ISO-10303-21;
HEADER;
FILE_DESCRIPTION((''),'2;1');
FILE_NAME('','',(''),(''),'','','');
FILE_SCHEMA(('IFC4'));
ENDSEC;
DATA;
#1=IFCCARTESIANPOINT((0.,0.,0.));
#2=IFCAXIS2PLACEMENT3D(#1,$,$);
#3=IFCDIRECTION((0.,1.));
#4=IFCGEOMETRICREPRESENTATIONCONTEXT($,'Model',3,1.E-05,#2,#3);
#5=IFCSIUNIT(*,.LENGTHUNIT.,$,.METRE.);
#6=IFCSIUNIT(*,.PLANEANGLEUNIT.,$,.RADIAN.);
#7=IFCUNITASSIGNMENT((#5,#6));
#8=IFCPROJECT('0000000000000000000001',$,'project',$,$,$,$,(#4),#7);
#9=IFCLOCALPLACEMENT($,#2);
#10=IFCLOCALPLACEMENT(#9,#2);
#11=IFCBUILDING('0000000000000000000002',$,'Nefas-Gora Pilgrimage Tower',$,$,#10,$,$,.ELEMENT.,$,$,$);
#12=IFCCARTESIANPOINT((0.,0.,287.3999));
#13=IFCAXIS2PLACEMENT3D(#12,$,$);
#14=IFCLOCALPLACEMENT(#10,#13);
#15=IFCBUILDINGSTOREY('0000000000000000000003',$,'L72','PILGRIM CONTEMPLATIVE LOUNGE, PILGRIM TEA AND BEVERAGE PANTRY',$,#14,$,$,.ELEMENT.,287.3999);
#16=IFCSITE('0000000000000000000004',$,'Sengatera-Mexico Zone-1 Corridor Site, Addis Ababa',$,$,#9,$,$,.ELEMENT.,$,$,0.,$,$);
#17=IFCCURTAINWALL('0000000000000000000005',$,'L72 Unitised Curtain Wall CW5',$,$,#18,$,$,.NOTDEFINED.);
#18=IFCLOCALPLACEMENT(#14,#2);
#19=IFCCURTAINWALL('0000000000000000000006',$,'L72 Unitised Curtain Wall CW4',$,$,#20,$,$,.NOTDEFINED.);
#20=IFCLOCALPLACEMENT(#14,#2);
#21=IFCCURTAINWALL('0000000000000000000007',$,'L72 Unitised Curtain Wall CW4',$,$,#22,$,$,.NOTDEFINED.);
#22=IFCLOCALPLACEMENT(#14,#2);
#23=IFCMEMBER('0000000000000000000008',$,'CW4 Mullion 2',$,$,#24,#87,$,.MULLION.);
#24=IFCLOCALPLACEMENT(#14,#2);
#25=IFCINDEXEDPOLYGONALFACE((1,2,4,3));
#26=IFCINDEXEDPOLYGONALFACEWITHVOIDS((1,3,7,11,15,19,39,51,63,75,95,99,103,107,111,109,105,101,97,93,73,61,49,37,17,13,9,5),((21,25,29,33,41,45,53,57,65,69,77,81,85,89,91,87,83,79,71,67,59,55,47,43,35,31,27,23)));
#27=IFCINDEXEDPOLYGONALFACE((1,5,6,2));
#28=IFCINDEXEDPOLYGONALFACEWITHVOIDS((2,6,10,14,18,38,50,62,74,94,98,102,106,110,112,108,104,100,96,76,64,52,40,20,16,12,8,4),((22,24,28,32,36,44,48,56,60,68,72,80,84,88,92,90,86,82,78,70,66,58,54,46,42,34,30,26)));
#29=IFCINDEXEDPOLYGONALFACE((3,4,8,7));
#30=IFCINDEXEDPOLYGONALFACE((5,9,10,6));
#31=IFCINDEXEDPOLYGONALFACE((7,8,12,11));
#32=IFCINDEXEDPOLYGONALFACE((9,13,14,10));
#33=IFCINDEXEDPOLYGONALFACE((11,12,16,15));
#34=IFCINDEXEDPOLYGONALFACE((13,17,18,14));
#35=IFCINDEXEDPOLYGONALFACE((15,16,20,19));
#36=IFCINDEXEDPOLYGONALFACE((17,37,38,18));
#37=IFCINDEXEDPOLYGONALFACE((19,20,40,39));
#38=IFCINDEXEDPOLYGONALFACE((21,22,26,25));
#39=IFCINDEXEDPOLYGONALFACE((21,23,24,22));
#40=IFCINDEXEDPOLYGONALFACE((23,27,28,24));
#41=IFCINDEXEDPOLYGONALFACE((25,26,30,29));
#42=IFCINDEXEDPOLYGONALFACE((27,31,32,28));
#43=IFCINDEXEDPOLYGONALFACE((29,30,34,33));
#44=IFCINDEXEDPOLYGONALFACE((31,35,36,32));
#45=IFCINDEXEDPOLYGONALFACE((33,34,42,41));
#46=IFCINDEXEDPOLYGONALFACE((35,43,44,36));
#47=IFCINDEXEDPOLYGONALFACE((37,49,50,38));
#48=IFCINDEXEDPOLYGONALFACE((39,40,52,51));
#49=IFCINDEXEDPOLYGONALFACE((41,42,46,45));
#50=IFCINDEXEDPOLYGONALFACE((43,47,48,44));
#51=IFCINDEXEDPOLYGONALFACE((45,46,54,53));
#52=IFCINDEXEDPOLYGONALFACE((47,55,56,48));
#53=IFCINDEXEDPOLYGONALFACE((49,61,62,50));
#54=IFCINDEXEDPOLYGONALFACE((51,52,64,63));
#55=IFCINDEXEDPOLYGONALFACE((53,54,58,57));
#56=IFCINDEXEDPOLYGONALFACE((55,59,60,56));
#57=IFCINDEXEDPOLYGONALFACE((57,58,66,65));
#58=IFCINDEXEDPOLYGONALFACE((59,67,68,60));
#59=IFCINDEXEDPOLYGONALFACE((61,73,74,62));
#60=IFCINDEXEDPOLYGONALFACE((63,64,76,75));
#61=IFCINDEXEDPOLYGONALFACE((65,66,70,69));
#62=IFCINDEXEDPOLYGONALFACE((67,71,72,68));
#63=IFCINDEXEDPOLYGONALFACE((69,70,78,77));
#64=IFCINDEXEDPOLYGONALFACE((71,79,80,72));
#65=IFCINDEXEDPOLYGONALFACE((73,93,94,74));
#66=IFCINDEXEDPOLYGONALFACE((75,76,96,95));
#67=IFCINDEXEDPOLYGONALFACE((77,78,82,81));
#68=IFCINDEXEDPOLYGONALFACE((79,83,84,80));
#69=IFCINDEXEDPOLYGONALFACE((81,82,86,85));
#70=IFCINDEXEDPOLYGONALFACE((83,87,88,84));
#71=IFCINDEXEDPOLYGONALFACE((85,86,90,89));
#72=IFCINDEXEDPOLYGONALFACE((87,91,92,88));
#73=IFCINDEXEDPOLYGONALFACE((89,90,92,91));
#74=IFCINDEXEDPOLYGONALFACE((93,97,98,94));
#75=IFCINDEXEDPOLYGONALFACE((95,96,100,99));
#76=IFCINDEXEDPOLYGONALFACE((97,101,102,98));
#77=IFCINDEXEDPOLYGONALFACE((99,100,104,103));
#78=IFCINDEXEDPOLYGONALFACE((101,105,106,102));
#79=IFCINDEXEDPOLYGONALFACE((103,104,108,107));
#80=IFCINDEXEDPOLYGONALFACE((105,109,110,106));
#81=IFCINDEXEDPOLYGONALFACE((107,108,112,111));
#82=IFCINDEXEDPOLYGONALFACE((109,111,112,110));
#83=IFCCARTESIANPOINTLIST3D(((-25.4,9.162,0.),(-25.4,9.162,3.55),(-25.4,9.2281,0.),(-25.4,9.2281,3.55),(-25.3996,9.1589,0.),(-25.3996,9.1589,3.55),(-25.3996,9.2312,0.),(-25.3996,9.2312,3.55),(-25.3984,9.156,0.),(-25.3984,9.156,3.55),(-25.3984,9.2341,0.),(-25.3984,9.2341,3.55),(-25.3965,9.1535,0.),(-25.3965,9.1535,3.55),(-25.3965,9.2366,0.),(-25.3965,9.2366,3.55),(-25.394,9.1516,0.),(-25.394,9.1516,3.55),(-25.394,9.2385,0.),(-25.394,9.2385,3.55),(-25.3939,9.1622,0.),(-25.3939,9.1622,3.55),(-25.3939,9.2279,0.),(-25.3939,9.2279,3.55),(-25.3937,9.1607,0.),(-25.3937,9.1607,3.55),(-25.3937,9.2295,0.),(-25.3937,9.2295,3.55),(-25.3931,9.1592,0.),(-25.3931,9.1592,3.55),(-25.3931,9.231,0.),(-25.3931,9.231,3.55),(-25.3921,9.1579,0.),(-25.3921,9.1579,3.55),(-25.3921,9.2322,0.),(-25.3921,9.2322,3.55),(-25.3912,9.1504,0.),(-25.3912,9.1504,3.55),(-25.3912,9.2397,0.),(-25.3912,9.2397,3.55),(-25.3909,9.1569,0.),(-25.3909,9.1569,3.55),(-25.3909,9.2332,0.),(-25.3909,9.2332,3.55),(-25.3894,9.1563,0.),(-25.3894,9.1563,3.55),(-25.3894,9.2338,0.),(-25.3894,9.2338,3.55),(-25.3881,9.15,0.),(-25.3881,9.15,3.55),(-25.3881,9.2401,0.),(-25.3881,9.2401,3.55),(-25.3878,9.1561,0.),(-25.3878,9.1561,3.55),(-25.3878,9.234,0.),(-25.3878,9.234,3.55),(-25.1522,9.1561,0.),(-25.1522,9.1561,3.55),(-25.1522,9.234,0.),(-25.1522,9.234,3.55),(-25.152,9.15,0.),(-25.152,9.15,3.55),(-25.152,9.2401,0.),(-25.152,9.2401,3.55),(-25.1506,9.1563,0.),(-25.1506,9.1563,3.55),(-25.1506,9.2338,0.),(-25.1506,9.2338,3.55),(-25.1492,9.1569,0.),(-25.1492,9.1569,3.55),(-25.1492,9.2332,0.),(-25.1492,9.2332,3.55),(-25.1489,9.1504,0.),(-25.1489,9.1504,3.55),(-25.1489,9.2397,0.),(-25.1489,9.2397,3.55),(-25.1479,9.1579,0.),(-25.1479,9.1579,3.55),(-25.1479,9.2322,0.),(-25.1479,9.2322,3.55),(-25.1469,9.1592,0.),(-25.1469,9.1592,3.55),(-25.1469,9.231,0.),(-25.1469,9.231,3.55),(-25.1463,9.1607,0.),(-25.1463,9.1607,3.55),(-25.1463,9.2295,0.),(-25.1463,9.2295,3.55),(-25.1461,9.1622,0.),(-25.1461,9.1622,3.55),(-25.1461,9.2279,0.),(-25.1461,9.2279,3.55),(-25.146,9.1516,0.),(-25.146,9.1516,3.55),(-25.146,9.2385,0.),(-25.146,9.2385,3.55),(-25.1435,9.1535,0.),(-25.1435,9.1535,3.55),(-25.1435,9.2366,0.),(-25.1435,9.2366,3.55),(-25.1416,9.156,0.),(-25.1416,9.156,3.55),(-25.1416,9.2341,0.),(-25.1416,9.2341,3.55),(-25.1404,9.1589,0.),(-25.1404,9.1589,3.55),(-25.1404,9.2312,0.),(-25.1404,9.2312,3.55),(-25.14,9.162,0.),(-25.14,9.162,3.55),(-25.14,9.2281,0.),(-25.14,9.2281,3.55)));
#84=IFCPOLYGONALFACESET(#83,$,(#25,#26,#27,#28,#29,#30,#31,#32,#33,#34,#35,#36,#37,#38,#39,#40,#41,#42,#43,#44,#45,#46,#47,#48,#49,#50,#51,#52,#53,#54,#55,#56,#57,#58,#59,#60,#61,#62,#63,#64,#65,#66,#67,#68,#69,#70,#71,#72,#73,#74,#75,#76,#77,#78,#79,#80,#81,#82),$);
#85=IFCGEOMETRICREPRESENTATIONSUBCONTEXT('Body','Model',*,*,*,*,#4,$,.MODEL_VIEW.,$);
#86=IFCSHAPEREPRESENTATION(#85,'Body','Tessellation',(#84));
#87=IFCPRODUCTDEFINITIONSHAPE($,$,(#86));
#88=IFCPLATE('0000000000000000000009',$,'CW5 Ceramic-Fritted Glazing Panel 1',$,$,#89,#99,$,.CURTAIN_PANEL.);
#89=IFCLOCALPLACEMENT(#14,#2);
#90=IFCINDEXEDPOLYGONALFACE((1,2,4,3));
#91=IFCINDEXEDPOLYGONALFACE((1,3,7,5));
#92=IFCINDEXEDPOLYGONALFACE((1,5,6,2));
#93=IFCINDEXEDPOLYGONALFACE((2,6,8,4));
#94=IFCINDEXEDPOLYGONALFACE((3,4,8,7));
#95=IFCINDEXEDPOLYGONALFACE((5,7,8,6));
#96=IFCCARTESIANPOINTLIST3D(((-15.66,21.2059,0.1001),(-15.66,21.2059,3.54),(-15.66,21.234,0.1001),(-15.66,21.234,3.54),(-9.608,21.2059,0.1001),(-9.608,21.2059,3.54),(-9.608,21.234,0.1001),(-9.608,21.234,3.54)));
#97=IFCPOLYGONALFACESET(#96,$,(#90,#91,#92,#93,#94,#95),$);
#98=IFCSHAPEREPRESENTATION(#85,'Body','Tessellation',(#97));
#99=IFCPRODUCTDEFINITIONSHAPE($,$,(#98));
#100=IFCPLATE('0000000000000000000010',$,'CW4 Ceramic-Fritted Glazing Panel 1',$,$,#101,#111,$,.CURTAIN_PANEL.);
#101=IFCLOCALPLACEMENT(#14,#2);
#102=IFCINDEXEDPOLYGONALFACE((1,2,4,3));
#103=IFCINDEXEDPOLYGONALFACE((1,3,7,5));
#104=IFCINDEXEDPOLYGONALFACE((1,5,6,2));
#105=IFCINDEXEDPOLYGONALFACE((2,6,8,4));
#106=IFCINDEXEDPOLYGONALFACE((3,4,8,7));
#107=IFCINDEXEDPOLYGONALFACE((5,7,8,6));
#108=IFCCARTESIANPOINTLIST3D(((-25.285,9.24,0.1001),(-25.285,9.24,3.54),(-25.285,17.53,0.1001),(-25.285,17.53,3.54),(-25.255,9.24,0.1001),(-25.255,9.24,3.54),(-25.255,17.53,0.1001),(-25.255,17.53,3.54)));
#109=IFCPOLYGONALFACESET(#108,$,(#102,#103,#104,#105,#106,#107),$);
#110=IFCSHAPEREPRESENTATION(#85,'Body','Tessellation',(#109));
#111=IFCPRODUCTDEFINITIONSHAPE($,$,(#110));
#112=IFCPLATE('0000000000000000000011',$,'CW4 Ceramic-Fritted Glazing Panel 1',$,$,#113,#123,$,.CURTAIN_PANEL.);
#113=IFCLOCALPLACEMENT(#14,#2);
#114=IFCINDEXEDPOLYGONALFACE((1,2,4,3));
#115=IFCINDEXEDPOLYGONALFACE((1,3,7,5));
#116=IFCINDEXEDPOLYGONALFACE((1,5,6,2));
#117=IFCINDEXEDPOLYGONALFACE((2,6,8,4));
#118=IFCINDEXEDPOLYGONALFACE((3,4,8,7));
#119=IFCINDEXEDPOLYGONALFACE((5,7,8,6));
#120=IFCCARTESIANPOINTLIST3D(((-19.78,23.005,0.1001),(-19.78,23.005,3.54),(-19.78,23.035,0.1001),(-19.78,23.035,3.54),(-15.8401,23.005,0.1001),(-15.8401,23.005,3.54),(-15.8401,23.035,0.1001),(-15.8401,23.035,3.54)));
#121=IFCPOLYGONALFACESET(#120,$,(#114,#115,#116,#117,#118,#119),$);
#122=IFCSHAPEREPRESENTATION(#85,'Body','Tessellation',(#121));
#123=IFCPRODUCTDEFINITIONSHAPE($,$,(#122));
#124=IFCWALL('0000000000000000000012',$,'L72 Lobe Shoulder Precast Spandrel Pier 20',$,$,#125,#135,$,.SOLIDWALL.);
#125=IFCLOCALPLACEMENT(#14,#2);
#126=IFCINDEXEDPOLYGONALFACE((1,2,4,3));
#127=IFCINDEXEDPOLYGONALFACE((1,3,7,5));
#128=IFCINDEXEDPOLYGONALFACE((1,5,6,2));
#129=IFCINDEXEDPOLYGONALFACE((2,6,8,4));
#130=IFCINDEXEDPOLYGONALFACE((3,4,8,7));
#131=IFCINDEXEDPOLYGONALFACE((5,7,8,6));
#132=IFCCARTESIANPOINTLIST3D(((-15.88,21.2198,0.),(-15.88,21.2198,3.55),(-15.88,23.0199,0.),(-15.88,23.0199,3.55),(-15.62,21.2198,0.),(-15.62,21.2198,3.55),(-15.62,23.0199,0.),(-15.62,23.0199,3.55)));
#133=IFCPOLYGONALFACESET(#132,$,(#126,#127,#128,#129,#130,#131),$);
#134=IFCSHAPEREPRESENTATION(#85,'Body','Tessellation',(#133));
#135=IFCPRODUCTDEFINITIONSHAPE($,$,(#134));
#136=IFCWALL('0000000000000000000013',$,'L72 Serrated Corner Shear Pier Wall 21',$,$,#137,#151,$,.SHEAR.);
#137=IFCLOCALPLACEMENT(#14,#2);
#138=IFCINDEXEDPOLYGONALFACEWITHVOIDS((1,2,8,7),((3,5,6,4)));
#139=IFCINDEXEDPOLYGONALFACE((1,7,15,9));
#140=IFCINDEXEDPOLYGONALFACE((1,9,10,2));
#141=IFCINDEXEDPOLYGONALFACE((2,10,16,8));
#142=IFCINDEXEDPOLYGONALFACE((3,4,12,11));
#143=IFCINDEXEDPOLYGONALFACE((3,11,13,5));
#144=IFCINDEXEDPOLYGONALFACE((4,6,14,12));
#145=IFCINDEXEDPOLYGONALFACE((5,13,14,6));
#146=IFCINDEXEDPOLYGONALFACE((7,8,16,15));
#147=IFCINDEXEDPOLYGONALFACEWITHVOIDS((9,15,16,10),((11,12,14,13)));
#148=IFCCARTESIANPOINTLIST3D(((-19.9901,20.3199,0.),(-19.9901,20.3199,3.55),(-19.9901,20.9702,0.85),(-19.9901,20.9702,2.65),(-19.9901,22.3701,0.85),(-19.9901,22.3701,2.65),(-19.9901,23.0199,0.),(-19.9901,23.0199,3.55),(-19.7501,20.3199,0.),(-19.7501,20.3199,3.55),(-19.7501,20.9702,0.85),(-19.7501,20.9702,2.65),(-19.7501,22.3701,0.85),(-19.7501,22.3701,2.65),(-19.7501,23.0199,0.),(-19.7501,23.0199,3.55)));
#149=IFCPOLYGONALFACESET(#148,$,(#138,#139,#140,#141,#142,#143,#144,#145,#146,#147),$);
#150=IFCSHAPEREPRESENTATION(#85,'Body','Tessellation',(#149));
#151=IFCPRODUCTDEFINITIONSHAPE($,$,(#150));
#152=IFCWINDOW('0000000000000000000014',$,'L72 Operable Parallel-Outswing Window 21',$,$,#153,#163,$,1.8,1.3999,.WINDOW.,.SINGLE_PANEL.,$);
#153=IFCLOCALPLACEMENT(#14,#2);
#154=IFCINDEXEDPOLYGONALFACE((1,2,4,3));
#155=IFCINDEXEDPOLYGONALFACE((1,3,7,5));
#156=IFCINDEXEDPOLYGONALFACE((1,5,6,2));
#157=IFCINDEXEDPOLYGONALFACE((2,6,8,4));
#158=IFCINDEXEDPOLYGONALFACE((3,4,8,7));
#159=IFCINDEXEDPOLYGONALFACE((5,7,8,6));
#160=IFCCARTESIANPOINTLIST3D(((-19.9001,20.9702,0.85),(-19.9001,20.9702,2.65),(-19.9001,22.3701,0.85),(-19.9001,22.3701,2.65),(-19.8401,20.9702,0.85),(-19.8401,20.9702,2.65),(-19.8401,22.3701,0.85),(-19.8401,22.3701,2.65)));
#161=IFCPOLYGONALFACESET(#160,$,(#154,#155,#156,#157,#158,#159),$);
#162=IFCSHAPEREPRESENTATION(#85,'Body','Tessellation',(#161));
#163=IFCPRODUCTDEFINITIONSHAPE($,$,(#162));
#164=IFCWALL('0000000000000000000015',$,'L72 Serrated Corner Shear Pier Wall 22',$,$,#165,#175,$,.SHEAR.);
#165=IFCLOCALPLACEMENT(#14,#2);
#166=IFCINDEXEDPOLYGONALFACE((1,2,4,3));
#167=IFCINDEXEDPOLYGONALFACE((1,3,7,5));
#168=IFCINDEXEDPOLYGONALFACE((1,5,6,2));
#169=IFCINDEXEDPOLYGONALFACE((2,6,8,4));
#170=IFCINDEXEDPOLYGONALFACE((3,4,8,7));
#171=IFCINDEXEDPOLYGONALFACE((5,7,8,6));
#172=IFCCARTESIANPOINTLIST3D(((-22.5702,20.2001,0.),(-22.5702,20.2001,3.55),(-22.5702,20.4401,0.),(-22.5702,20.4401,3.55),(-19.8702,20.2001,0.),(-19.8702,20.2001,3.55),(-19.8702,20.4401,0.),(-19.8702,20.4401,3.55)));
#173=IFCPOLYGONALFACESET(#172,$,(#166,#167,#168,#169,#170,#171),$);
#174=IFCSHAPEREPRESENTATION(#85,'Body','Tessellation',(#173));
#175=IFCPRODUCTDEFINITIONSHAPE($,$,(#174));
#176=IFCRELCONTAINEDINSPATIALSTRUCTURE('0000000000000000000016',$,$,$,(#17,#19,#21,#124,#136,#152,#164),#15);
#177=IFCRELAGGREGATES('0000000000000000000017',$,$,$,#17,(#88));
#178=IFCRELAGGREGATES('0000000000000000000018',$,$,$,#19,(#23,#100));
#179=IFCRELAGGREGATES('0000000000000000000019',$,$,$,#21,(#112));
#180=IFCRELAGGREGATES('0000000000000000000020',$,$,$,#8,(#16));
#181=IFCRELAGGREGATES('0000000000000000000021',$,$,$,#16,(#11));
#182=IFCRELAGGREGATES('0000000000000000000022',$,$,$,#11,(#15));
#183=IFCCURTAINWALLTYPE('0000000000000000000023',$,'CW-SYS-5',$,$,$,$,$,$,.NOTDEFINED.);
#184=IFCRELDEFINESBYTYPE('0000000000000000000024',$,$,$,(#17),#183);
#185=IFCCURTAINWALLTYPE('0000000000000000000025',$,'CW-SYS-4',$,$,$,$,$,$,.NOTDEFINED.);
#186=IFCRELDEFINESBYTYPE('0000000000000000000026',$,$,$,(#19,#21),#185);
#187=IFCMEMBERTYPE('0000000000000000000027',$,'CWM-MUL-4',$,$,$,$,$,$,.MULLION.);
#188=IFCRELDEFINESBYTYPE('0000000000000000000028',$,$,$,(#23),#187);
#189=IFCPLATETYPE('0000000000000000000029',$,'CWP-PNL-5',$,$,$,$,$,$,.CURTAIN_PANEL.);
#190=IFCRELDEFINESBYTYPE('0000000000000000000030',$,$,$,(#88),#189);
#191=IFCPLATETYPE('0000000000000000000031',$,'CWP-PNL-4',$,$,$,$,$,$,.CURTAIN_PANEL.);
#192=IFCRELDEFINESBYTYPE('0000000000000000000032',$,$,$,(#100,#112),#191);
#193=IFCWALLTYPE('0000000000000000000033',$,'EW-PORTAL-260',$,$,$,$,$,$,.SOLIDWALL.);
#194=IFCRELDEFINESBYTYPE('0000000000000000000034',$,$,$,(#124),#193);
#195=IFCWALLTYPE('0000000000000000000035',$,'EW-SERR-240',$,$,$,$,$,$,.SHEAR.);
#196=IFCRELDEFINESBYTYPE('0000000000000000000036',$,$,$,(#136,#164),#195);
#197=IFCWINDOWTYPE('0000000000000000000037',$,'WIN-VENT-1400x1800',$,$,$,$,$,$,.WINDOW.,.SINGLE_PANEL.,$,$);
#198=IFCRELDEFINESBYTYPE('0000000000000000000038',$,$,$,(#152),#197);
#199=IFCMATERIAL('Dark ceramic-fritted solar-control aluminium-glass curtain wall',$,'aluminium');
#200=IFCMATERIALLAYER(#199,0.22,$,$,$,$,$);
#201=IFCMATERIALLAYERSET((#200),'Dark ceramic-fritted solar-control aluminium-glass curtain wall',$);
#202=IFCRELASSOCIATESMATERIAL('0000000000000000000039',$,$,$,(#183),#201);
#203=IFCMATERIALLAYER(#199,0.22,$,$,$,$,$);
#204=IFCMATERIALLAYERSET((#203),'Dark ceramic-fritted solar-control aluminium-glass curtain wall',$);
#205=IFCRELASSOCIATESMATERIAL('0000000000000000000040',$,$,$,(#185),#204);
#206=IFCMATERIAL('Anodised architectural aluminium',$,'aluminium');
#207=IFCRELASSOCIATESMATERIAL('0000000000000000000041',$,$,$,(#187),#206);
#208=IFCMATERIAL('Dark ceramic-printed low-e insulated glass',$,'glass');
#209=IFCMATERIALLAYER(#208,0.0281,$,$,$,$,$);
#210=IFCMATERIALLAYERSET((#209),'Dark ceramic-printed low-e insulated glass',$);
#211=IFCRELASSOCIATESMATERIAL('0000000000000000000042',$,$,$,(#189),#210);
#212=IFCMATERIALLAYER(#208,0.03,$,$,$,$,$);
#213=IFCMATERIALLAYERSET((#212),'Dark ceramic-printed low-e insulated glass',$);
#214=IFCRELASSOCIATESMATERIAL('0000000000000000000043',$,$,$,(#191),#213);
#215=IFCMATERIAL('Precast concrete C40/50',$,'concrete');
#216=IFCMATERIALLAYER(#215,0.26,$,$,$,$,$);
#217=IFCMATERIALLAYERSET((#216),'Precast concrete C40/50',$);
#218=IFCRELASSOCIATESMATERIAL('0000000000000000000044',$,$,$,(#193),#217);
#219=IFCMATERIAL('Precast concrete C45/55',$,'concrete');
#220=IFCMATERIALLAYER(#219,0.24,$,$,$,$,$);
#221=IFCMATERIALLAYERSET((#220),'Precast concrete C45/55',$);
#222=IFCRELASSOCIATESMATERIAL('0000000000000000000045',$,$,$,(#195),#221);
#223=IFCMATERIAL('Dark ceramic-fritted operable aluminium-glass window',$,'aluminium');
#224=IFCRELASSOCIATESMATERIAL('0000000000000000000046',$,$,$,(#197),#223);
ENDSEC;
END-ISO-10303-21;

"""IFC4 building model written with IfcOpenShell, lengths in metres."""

from ifc_helpers import new_model, si_unit, direction, frame, frame_2d, origin, origin_2d, place, context, subcontext, project, spatial, rectangle, hollow_rectangle, extrude, source, transform, mapped, material, layer, layer_set, material_profile, profile_set, type_object, element, fill, aggregate, save


model = new_model("IFC4")

# Units and contexts
model_context = context("Model", 3, precision=1e-05, world=origin(), true_north=direction((0.0, 1.0)))
body_context = subcontext(model_context, "Body", "Model", "MODEL_VIEW")
ifc_project = project(units=[si_unit("LENGTHUNIT", "METRE"), si_unit("PLANEANGLEUNIT", "RADIAN")], contexts=[model_context])

# Site, building, storey
site_placement = place(None, origin())
site = spatial("IfcSite", under=ifc_project, at=site_placement, Name="Sengatera-Mexico Zone-1 Corridor Site, Addis Ababa", CompositionType="ELEMENT", RefElevation=0.0)
building_placement = place(site_placement, origin())
building = spatial("IfcBuilding", under=site, at=building_placement, Name="Nefas-Gora Pilgrimage Tower", CompositionType="ELEMENT")
storey_placement = place(building_placement, frame((0.0, 0.0, 287.3999)))
storey = spatial("IfcBuildingStorey", under=building, at=storey_placement, Name="L72", Description="PILGRIM CONTEMPLATIVE LOUNGE, PILGRIM TEA AND BEVERAGE PANTRY", CompositionType="ELEMENT", Elevation=287.3999)

# Curtain walls
ifc_material_1 = material(Name="Dark ceramic-fritted solar-control aluminium-glass curtain wall", Category="aluminium")
ifc_layer_1 = layer(ifc_material_1, 0.22)
ifc_layer_set_1 = layer_set([ifc_layer_1], Name="Dark ceramic-fritted solar-control aluminium-glass curtain wall")
curtain_wall_type_1 = type_object("IfcCurtainWallType", Name="CW-SYS-5", PredefinedType="NOTDEFINED", material=ifc_layer_set_1)
curtain_wall_1_placement = place(storey_placement, origin())
curtain_wall_1 = element("IfcCurtainWall", 1, at=curtain_wall_1_placement, inside=storey, type_object=curtain_wall_type_1, Name="L72 Unitised Curtain Wall CW5", PredefinedType="NOTDEFINED")
ifc_material_2 = material(Name="Anodised architectural aluminium", Category="aluminium")
ifc_layer_2 = layer(ifc_material_1, 0.22)
ifc_layer_set_2 = layer_set([ifc_layer_2], Name="Dark ceramic-fritted solar-control aluminium-glass curtain wall")
curtain_wall_type_2 = type_object("IfcCurtainWallType", Name="CW-SYS-4", PredefinedType="NOTDEFINED", material=ifc_layer_set_2)
curtain_wall_2_placement = place(storey_placement, origin())
curtain_wall_2 = element("IfcCurtainWall", 2, at=curtain_wall_2_placement, inside=storey, type_object=curtain_wall_type_2, Name="L72 Unitised Curtain Wall CW4", PredefinedType="NOTDEFINED")

# Curtain wall
curtain_wall_3_placement = place(storey_placement, origin())
curtain_wall_3 = element("IfcCurtainWall", 3, at=curtain_wall_3_placement, inside=storey, type_object=curtain_wall_type_2, Name="L72 Unitised Curtain Wall CW4", PredefinedType="NOTDEFINED")
ifc_material_profile_1 = material_profile(ifc_material_2, hollow_rectangle(XDim=0.0901, YDim=0.26, WallThickness=0.0061, InnerFilletRadius=0.0061, OuterFilletRadius=0.012, at=origin_2d()), Name="ALU MULLION 90x260")
ifc_profile_set_1 = profile_set([ifc_material_profile_1], Name="Anodised architectural aluminium")
member_type_1 = type_object("IfcMemberType", Name="CWM-MUL-4", PredefinedType="MULLION", material=ifc_profile_set_1)
shared_shape_1 = source(origin(), body_context, "Body", "SweptSolid", [
    extrude(hollow_rectangle(XDim=0.0901, YDim=0.26, WallThickness=0.0061, InnerFilletRadius=0.0061, OuterFilletRadius=0.012, at=origin_2d()), origin(), (0.0, 0.0, 1.0), 3.55),
])

# Member
member_1_placement = place(storey_placement, frame((-25.27, 9.1951, 0.0), z_axis=(0.0, 0.0, 1.0), x_axis=(0.0, -1.0, 0.0)))
member_1 = element("IfcMember", 4, at=member_1_placement, type_object=member_type_1, Name="CW4 Mullion 2", PredefinedType="MULLION", context=body_context, shape_type="MappedRepresentation", body=[
    mapped(shared_shape_1, transform((0.0, 0.0, 0.0), x_axis=(1.0, 0.0, 0.0), y_axis=(0.0, 1.0, 0.0), z_axis=(0.0, 0.0, 1.0), scale=1.0)),
])

# Plates
ifc_material_3 = material(Name="Dark ceramic-printed low-e insulated glass", Category="glass")
ifc_layer_3 = layer(ifc_material_3, 0.0281)
ifc_layer_set_3 = layer_set([ifc_layer_3], Name="Dark ceramic-printed low-e insulated glass")
plate_type_1 = type_object("IfcPlateType", Name="CWP-PNL-5", PredefinedType="CURTAIN_PANEL", material=ifc_layer_set_3)
shared_shape_2 = source(origin(), body_context, "Body", "SweptSolid", [
    extrude(rectangle(XDim=6.052, YDim=0.0281, at=origin_2d()), origin(), (0.0, 0.0, 1.0), 3.4399),
])
plate_1_placement = place(storey_placement, frame((-12.634, 21.22, 0.1001), z_axis=(0.0, 0.0, 1.0), x_axis=(-1.0, 0.0, 0.0)))
plate_1 = element("IfcPlate", 5, at=plate_1_placement, type_object=plate_type_1, Name="CW5 Ceramic-Fritted Glazing Panel 1", PredefinedType="CURTAIN_PANEL", context=body_context, shape_type="MappedRepresentation", body=[
    mapped(shared_shape_2, transform((0.0, 0.0, 0.0), x_axis=(1.0, 0.0, 0.0), y_axis=(0.0, 1.0, 0.0), z_axis=(0.0, 0.0, 1.0), scale=1.0)),
])
aggregate(curtain_wall_1, [plate_1])
ifc_layer_4 = layer(ifc_material_3, 0.03)
ifc_layer_set_4 = layer_set([ifc_layer_4], Name="Dark ceramic-printed low-e insulated glass")
plate_type_2 = type_object("IfcPlateType", Name="CWP-PNL-4", PredefinedType="CURTAIN_PANEL", material=ifc_layer_set_4)
shared_shape_3 = source(origin(), body_context, "Body", "SweptSolid", [
    extrude(rectangle(XDim=8.29, YDim=0.03, at=origin_2d()), origin(), (0.0, 0.0, 1.0), 3.4399),
])
plate_2_placement = place(storey_placement, frame((-25.27, 13.385, 0.1001), z_axis=(0.0, 0.0, 1.0), x_axis=(0.0, -1.0, 0.0)))
plate_2 = element("IfcPlate", 6, at=plate_2_placement, type_object=plate_type_2, Name="CW4 Ceramic-Fritted Glazing Panel 1", PredefinedType="CURTAIN_PANEL", context=body_context, shape_type="MappedRepresentation", body=[
    mapped(shared_shape_3, transform((0.0, 0.0, 0.0), x_axis=(1.0, 0.0, 0.0), y_axis=(0.0, 1.0, 0.0), z_axis=(0.0, 0.0, 1.0), scale=1.0)),
])
aggregate(curtain_wall_2, [member_1, plate_2])
shared_shape_4 = source(origin(), body_context, "Body", "SweptSolid", [
    extrude(rectangle(XDim=3.9399, YDim=0.03, at=origin_2d()), origin(), (0.0, 0.0, 1.0), 3.4399),
])
plate_3_placement = place(storey_placement, frame((-17.8101, 23.02, 0.1001), z_axis=(0.0, 0.0, 1.0), x_axis=(-1.0, 0.0, 0.0)))
plate_3 = element("IfcPlate", 7, at=plate_3_placement, type_object=plate_type_2, Name="CW4 Ceramic-Fritted Glazing Panel 1", PredefinedType="CURTAIN_PANEL", context=body_context, shape_type="MappedRepresentation", body=[
    mapped(shared_shape_4, transform((0.0, 0.0, 0.0), x_axis=(1.0, 0.0, 0.0), y_axis=(0.0, 1.0, 0.0), z_axis=(0.0, 0.0, 1.0), scale=1.0)),
])
aggregate(curtain_wall_3, [plate_3])

# Wall
ifc_material_4 = material(Name="Precast concrete C40/50", Category="concrete")
ifc_layer_5 = layer(ifc_material_4, 0.26)
ifc_layer_set_5 = layer_set([ifc_layer_5], Name="Precast concrete C40/50")
wall_type_1 = type_object("IfcWallType", Name="EW-PORTAL-260", PredefinedType="SOLIDWALL", material=ifc_layer_set_5)
shared_shape_5 = source(origin(), body_context, "Body", "SweptSolid", [
    extrude(rectangle(XDim=1.8, YDim=0.26, at=frame_2d((0.8999, 0.0))), origin(), (0.0, 0.0, 1.0), 3.55),
])
wall_1_placement = place(storey_placement, frame((-15.75, 21.22, 0.0), z_axis=(0.0, 0.0, 1.0), x_axis=(0.0, 1.0, 0.0)))
element("IfcWall", 8, at=wall_1_placement, inside=storey, type_object=wall_type_1, Name="L72 Lobe Shoulder Precast Spandrel Pier 20", PredefinedType="SOLIDWALL", context=body_context, shape_type="MappedRepresentation", body=[
    mapped(shared_shape_5, transform((0.0, 0.0, 0.0), x_axis=(1.0, 0.0, 0.0), y_axis=(0.0, 1.0, 0.0), z_axis=(0.0, 0.0, 1.0), scale=1.0)),
])

# Wall, opening, window
ifc_material_5 = material(Name="Precast concrete C45/55", Category="concrete")
ifc_layer_6 = layer(ifc_material_5, 0.24)
ifc_layer_set_6 = layer_set([ifc_layer_6], Name="Precast concrete C45/55")
wall_type_2 = type_object("IfcWallType", Name="EW-SERR-240", PredefinedType="SHEAR", material=ifc_layer_set_6)
shared_shape_6 = source(origin(), body_context, "Body", "SweptSolid", [
    extrude(rectangle(XDim=2.7, YDim=0.24, at=frame_2d((1.3501, 0.0))), origin(), (0.0, 0.0, 1.0), 3.55),
])
wall_2_placement = place(storey_placement, frame((-19.8701, 23.02, 0.0), z_axis=(0.0, 0.0, 1.0), x_axis=(0.0, -1.0, 0.0)))
wall_2 = element("IfcWall", 9, at=wall_2_placement, inside=storey, type_object=wall_type_2, Name="L72 Serrated Corner Shear Pier Wall 21", PredefinedType="SHEAR", context=body_context, shape_type="MappedRepresentation", body=[
    mapped(shared_shape_6, transform((0.0, 0.0, 0.0), x_axis=(1.0, 0.0, 0.0), y_axis=(0.0, 1.0, 0.0), z_axis=(0.0, 0.0, 1.0), scale=1.0)),
])
opening_1_placement = place(wall_2_placement, frame((0.6499, 0.0, 0.8501)))
opening_1 = element("IfcOpeningElement", 10, at=opening_1_placement, cuts=wall_2, PredefinedType="OPENING", context=body_context, shape_type="SweptSolid", body=[
    extrude(rectangle(XDim=1.3999, YDim=1.8, at=frame_2d((0.7, 0.8999))), frame((0.0, 0.1299, 0.0), z_axis=(0.0, -1.0, 0.0), x_axis=(1.0, 0.0, 0.0)), (0.0, 0.0, 1.0), 0.26),
])
ifc_material_6 = material(Name="Dark ceramic-fritted operable aluminium-glass window", Category="aluminium")
window_type = type_object("IfcWindowType", Name="WIN-VENT-1400x1800", PartitioningType="SINGLE_PANEL", PredefinedType="WINDOW", material=ifc_material_6)
shared_shape_7 = source(origin(), body_context, "Body", "SweptSolid", [
    extrude(rectangle(XDim=1.3999, YDim=1.8, at=frame_2d((0.7, 0.8999))), frame((0.0, 0.03, 0.0), z_axis=(0.0, -1.0, 0.0), x_axis=(1.0, 0.0, 0.0)), (0.0, 0.0, 1.0), 0.0601),
])
window_placement = place(opening_1_placement, origin())
window = element("IfcWindow", 11, at=window_placement, inside=storey, type_object=window_type, Name="L72 Operable Parallel-Outswing Window 21", OverallHeight=1.8, OverallWidth=1.3999, PartitioningType="SINGLE_PANEL", PredefinedType="WINDOW", context=body_context, shape_type="MappedRepresentation", body=[
    mapped(shared_shape_7, transform((0.0, 0.0, 0.0), x_axis=(1.0, 0.0, 0.0), y_axis=(0.0, 1.0, 0.0), z_axis=(0.0, 0.0, 1.0), scale=1.0)),
])
fill(opening_1, window)

# Wall
for number, where, z_axis, x_axis, name in (
    (12, (-19.8701, 20.3201, 0.0), (0.0, 0.0, 1.0), (-1.0, 0.0, 0.0), "L72 Serrated Corner Shear Pier Wall 22"),
):
    element("IfcWall", number, at=place(storey_placement, frame(where, z_axis=z_axis, x_axis=x_axis)), inside=storey, type_object=wall_type_2, Name=name, PredefinedType="SHEAR", context=body_context, shape_type="MappedRepresentation", body=[
        mapped(shared_shape_6, transform((0.0, 0.0, 0.0), x_axis=(1.0, 0.0, 0.0), y_axis=(0.0, 1.0, 0.0), z_axis=(0.0, 0.0, 1.0), scale=1.0)),
    ])

save(model, "model.ifc")
